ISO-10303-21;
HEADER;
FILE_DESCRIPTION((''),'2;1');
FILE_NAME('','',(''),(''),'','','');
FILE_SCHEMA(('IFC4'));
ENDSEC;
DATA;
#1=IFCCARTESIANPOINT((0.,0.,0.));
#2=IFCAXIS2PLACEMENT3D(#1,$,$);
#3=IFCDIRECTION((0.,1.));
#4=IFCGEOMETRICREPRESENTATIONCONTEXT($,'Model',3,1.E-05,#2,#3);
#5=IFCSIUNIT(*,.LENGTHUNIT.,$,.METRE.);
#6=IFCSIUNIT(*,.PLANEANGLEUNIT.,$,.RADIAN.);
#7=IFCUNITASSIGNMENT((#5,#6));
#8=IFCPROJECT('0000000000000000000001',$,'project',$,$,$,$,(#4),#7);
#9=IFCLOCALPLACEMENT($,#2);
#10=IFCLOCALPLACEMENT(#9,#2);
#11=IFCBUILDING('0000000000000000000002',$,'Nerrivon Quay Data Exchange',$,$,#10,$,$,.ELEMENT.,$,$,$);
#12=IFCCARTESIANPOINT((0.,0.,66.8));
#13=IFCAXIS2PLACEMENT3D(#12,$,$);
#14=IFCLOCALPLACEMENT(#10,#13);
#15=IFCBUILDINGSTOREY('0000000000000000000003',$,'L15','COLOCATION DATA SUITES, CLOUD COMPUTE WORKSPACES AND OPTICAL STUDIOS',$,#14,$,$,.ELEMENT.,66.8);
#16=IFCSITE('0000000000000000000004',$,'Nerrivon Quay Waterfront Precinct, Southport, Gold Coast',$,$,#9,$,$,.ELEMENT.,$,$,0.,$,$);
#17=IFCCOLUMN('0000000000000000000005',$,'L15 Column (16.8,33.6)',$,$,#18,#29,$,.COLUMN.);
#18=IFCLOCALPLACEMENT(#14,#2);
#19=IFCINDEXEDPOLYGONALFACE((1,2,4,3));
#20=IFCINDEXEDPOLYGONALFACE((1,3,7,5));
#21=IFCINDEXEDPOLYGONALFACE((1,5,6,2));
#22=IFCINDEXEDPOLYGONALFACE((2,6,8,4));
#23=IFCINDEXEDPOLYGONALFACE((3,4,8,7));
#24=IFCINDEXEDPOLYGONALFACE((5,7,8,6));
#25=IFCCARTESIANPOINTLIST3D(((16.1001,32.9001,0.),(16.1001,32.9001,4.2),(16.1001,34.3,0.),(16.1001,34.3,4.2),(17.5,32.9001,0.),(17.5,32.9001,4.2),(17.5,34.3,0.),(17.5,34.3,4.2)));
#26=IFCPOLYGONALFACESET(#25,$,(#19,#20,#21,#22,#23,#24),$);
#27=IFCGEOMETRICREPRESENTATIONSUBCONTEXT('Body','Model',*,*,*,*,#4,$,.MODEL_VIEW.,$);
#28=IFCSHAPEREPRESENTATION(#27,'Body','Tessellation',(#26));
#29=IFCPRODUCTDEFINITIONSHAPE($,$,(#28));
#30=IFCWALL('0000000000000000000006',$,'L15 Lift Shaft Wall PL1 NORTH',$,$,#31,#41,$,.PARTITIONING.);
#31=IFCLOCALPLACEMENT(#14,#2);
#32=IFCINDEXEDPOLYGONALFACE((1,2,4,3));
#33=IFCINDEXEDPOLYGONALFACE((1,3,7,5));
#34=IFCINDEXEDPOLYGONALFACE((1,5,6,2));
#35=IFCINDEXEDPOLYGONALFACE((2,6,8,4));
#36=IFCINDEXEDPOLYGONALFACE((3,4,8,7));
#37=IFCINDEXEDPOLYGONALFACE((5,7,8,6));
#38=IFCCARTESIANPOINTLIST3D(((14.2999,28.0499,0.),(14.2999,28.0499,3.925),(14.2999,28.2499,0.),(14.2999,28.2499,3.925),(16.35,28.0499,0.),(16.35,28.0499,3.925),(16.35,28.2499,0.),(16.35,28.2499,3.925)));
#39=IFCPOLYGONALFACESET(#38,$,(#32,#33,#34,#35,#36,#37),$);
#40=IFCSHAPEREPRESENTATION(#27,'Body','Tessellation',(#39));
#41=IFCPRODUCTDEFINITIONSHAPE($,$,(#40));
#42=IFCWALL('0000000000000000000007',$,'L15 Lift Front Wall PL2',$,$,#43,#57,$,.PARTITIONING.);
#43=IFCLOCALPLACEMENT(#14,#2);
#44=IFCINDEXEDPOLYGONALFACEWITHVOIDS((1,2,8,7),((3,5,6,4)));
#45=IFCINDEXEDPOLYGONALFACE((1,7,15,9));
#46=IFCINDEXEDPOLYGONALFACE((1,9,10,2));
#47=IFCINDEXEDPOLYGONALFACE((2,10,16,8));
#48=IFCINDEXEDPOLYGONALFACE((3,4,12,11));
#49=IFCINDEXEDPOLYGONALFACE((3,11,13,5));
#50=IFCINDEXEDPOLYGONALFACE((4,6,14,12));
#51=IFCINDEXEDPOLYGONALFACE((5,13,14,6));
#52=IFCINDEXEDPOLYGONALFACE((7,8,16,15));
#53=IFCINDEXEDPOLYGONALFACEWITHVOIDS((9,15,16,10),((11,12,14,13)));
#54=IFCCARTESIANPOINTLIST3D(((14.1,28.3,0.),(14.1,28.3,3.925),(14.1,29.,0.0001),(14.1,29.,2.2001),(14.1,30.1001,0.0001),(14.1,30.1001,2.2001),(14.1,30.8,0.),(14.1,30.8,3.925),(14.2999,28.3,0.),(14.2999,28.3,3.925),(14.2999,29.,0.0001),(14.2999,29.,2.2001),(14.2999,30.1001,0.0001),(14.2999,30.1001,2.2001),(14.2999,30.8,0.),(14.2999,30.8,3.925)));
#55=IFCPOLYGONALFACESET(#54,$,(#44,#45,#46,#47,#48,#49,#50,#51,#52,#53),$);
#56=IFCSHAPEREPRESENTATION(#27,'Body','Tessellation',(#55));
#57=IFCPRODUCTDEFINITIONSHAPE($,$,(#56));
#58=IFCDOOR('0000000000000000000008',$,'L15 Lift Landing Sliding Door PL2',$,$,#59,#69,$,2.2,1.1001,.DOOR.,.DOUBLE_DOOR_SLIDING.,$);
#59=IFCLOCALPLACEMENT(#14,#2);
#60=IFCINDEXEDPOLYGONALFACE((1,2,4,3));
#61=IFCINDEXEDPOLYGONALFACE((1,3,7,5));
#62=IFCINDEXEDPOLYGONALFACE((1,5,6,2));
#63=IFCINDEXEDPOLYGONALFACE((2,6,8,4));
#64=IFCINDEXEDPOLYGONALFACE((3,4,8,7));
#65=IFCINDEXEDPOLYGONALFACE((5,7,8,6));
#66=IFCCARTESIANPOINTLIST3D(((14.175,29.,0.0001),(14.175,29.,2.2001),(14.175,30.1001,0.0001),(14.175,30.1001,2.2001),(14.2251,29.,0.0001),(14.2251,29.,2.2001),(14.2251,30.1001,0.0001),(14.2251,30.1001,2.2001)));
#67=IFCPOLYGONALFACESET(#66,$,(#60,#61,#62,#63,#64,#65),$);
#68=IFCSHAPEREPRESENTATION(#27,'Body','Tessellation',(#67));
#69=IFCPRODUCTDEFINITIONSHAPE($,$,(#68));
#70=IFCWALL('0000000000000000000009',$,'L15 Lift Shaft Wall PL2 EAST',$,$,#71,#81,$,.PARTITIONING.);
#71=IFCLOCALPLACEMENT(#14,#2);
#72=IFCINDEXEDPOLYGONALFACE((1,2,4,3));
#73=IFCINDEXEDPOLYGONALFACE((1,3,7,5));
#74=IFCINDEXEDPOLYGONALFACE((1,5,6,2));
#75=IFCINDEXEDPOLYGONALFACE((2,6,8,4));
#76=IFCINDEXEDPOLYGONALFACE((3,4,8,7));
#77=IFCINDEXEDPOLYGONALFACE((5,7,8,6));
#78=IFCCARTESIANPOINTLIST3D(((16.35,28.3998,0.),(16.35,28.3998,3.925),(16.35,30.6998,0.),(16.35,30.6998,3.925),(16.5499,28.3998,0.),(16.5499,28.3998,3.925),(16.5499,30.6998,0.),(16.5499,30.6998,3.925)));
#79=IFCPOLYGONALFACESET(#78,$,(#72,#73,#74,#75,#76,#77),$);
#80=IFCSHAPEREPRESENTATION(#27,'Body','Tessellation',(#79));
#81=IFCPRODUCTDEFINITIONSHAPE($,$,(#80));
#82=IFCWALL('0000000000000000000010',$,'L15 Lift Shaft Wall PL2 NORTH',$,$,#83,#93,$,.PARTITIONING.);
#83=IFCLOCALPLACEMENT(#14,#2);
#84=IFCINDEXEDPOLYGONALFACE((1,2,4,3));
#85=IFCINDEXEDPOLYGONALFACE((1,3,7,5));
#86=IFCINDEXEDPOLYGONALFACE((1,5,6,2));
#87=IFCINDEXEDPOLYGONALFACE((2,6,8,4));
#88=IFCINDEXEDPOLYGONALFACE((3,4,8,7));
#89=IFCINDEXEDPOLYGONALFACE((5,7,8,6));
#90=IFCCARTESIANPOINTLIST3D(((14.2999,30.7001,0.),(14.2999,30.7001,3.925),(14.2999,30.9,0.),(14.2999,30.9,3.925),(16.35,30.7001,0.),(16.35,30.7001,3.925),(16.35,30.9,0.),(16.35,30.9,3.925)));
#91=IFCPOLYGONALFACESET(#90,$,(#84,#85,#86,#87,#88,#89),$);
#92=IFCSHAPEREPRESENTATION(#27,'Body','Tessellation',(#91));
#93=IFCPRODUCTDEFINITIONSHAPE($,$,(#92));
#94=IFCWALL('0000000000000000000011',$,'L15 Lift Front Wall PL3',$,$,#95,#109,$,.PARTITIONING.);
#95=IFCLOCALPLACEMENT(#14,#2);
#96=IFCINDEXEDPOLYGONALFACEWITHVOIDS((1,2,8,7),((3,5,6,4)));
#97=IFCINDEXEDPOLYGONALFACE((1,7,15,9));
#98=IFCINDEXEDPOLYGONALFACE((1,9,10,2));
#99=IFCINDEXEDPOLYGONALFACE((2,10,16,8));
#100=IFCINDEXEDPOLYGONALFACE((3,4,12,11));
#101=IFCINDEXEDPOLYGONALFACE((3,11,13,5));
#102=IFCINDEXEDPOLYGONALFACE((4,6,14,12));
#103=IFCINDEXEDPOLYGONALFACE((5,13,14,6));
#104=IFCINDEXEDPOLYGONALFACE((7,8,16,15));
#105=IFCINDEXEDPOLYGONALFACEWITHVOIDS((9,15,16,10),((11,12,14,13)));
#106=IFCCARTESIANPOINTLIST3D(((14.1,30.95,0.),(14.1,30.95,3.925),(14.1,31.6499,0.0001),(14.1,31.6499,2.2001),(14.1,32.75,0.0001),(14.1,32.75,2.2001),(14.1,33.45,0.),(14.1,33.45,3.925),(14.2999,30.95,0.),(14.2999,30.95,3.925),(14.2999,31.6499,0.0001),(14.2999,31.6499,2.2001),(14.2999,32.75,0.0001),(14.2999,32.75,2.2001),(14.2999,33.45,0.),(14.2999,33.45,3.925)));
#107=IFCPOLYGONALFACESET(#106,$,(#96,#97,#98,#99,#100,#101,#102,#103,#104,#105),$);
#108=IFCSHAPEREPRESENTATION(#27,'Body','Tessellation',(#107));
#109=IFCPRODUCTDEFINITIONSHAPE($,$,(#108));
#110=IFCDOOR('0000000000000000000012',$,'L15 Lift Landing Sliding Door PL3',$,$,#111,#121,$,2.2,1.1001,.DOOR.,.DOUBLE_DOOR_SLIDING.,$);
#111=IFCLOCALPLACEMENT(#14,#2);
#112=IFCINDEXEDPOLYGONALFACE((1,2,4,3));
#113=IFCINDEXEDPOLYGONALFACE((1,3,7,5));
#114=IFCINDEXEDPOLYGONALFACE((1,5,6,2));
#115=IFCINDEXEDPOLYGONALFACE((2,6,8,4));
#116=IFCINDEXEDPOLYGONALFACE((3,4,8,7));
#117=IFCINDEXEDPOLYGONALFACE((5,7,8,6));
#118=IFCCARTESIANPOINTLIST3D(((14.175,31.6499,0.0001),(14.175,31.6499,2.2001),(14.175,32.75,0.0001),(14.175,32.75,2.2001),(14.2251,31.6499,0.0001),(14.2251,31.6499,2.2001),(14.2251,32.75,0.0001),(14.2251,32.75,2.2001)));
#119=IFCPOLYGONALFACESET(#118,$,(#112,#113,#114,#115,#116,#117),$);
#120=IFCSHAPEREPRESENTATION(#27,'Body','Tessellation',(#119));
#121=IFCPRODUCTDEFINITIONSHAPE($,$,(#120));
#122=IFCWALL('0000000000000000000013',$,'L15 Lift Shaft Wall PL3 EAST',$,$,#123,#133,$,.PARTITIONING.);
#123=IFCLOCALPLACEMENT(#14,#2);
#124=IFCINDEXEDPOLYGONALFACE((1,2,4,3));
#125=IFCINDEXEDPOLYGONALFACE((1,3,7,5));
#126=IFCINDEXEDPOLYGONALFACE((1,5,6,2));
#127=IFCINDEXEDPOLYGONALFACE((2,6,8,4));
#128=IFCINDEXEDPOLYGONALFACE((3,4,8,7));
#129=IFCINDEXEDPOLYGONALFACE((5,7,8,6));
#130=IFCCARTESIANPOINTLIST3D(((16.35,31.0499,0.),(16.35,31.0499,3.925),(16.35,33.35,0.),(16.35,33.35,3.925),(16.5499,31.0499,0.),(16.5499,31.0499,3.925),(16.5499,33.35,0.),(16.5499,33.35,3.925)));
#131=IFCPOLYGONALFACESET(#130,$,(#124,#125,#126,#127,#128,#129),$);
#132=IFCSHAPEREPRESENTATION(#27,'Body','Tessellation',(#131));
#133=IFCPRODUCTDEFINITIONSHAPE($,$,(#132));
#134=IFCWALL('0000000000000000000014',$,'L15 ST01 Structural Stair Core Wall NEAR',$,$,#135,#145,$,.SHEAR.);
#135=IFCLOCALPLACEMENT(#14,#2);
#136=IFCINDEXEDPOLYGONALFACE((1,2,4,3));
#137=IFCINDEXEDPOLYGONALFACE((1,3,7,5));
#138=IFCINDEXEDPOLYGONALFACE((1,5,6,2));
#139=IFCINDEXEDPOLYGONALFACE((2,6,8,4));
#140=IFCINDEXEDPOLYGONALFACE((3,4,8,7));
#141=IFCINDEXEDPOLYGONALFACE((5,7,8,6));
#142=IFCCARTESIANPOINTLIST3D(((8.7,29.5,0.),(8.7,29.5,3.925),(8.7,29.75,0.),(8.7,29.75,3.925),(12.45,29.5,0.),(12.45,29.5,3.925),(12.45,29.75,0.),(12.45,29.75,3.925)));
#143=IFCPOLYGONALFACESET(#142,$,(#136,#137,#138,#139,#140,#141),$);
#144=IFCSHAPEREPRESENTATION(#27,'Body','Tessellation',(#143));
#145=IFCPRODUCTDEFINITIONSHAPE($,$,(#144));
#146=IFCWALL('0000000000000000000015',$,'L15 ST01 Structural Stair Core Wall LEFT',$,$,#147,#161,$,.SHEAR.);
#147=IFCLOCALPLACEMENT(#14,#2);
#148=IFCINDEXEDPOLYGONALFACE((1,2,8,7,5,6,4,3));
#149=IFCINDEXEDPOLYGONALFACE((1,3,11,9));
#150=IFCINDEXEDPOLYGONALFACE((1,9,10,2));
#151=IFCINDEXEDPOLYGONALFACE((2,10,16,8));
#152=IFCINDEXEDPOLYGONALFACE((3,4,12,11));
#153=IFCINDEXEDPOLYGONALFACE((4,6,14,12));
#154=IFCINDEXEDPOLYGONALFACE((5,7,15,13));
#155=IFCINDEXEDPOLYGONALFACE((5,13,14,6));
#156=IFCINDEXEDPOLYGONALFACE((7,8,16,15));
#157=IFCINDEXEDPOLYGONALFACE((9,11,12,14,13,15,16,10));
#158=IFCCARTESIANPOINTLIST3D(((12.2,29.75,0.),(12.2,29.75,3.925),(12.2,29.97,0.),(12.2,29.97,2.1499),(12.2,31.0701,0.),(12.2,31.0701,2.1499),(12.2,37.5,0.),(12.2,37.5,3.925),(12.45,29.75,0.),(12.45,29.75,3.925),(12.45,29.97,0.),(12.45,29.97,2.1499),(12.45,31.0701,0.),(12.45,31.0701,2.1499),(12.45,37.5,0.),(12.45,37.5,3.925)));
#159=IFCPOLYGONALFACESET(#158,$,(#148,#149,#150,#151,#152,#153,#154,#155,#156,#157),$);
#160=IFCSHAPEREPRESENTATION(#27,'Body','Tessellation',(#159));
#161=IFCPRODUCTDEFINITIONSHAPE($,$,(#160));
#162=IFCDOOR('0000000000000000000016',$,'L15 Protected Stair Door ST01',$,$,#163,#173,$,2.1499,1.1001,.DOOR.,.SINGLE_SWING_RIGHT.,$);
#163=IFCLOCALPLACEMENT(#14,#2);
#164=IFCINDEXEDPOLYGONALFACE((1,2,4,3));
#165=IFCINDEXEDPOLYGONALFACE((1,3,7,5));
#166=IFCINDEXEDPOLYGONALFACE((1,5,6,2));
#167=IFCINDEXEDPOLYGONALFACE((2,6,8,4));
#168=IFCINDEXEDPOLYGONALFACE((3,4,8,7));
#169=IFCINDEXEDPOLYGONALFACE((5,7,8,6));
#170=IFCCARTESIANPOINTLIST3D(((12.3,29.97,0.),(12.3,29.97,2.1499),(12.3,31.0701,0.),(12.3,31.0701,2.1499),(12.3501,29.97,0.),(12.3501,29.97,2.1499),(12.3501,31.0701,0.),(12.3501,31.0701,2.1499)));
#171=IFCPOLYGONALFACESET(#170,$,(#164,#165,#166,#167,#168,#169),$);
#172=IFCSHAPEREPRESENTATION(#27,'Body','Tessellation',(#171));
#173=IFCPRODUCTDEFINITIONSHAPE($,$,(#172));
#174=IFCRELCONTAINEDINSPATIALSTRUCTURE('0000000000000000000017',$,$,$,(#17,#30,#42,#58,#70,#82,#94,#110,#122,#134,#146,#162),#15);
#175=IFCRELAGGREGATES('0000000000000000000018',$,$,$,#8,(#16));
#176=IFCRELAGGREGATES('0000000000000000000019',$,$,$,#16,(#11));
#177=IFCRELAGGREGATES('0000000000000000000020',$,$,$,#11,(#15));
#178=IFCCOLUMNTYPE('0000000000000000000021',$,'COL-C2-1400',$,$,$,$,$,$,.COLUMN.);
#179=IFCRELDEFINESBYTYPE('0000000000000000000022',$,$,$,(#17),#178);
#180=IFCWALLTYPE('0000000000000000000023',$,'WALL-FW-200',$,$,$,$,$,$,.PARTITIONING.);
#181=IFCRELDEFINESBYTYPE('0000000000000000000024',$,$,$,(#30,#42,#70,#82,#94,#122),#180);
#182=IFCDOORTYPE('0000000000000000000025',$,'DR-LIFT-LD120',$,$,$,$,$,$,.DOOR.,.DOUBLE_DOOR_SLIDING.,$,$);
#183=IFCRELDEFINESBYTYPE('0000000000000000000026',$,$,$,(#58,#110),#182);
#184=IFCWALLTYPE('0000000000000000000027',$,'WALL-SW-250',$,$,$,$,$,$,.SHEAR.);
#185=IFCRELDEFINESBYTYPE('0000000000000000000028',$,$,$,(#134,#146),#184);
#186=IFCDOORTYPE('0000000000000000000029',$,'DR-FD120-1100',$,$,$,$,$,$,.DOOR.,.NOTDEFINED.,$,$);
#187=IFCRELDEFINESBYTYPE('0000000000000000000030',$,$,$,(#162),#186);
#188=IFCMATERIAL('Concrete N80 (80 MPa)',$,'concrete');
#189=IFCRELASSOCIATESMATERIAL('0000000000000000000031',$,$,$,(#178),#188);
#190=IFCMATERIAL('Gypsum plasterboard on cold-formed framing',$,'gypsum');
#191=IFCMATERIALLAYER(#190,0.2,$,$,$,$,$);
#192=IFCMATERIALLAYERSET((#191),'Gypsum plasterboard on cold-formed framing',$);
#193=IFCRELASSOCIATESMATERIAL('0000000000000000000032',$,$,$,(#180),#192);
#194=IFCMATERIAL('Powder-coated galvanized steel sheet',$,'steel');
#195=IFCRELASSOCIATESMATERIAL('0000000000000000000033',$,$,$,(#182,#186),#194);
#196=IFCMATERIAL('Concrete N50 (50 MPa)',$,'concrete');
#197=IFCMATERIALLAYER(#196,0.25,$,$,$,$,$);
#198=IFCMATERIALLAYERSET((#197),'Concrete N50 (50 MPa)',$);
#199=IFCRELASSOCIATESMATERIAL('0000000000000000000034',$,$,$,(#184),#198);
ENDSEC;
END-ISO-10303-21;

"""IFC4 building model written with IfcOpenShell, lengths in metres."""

from ifc_helpers import new_model, si_unit, direction, frame, frame_2d, origin, origin_2d, place, context, subcontext, project, spatial, rectangle, extrude, material, layer, layer_set, material_profile, profile_set, type_object, element, fill, save


model = new_model("IFC4")

# Units and contexts
model_context = context("Model", 3, precision=1e-05, world=origin(), true_north=direction((0.0, 1.0)))
body_context = subcontext(model_context, "Body", "Model", "MODEL_VIEW")
ifc_project = project(units=[si_unit("LENGTHUNIT", "METRE"), si_unit("PLANEANGLEUNIT", "RADIAN")], contexts=[model_context])

# Site, building, storey
site_placement = place(None, origin())
site = spatial("IfcSite", under=ifc_project, at=site_placement, Name="Nerrivon Quay Waterfront Precinct, Southport, Gold Coast", CompositionType="ELEMENT", RefElevation=0.0)
building_placement = place(site_placement, origin())
building = spatial("IfcBuilding", under=site, at=building_placement, Name="Nerrivon Quay Data Exchange", CompositionType="ELEMENT")
storey_placement = place(building_placement, frame((0.0, 0.0, 66.8)))
storey = spatial("IfcBuildingStorey", under=building, at=storey_placement, Name="L15", Description="COLOCATION DATA SUITES, CLOUD COMPUTE WORKSPACES AND OPTICAL STUDIOS", CompositionType="ELEMENT", Elevation=66.8)

# Column
ifc_material_1 = material(Name="Concrete N80 (80 MPa)", Category="concrete")
ifc_material_profile = material_profile(ifc_material_1, rectangle(XDim=1.3999, YDim=1.3999, at=origin_2d()), Name="RC-COL-1400x1400")
ifc_profile_set = profile_set([ifc_material_profile], Name="Concrete N80 (80 MPa)")
column_type = type_object("IfcColumnType", Name="COL-C2-1400", PredefinedType="COLUMN", material=ifc_profile_set)
column_placement = place(storey_placement, frame((16.8, 33.6001, 0.0), z_axis=(0.0, 0.0, 1.0), x_axis=(1.0, 0.0, 0.0)))
element("IfcColumn", 1, at=column_placement, inside=storey, type_object=column_type, Name="L15 Column (16.8,33.6)", PredefinedType="COLUMN", context=body_context, shape_type="SweptSolid", body=[
    extrude(rectangle(XDim=1.3999, YDim=1.3999, at=origin_2d()), origin(), (0.0, 0.0, 1.0), 4.2),
])

# Wall
ifc_material_2 = material(Name="Gypsum plasterboard on cold-formed framing", Category="gypsum")
ifc_layer_1 = layer(ifc_material_2, 0.2)
ifc_layer_set_1 = layer_set([ifc_layer_1], Name="Gypsum plasterboard on cold-formed framing")
wall_type_1 = type_object("IfcWallType", Name="WALL-FW-200", PredefinedType="PARTITIONING", material=ifc_layer_set_1)
wall_1_placement = place(storey_placement, frame((14.3, 28.1499, 0.0), z_axis=(0.0, 0.0, 1.0), x_axis=(1.0, 0.0, 0.0)))
element("IfcWall", 2, at=wall_1_placement, inside=storey, type_object=wall_type_1, Name="L15 Lift Shaft Wall PL1 NORTH", PredefinedType="PARTITIONING", context=body_context, shape_type="SweptSolid", body=[
    extrude(rectangle(XDim=2.05, YDim=0.2, at=frame_2d((1.0249, 0.0))), origin(), (0.0, 0.0, 1.0), 3.925),
])

# Wall, opening, door
wall_2_placement = place(storey_placement, frame((14.2, 28.3, 0.0), z_axis=(0.0, 0.0, 1.0), x_axis=(0.0, 1.0, 0.0)))
wall_2 = element("IfcWall", 3, at=wall_2_placement, inside=storey, type_object=wall_type_1, Name="L15 Lift Front Wall PL2", PredefinedType="PARTITIONING", context=body_context, shape_type="SweptSolid", body=[
    extrude(rectangle(XDim=2.5, YDim=0.2, at=frame_2d((1.25, 0.0))), origin(), (0.0, 0.0, 1.0), 3.925),
])
opening_1_placement = place(wall_2_placement, frame((0.7, 0.0, 0.0)))
opening_1 = element("IfcOpeningElement", 4, at=opening_1_placement, cuts=wall_2, PredefinedType="OPENING", context=body_context, shape_type="SweptSolid", body=[
    extrude(rectangle(XDim=1.1001, YDim=2.2, at=frame_2d((0.55, 1.1001))), frame((0.0, 0.1099, 0.0), z_axis=(0.0, -1.0, 0.0), x_axis=(1.0, 0.0, 0.0)), (0.0, 0.0, 1.0), 0.22),
])
ifc_material_3 = material(Name="Powder-coated galvanized steel sheet", Category="steel")
door_type_1 = type_object("IfcDoorType", Name="DR-LIFT-LD120", OperationType="DOUBLE_DOOR_SLIDING", PredefinedType="DOOR", material=ifc_material_3)
door_1_placement = place(opening_1_placement, origin())
door_1 = element("IfcDoor", 5, at=door_1_placement, inside=storey, type_object=door_type_1, Name="L15 Lift Landing Sliding Door PL2", OperationType="DOUBLE_DOOR_SLIDING", OverallHeight=2.2, OverallWidth=1.1001, PredefinedType="DOOR", context=body_context, shape_type="SweptSolid", body=[
    extrude(rectangle(XDim=1.1001, YDim=2.2, at=frame_2d((0.55, 1.1001))), frame((0.0, 0.0249, 0.0), z_axis=(0.0, -1.0, 0.0), x_axis=(1.0, 0.0, 0.0)), (0.0, 0.0, 1.0), 0.05),
])
fill(opening_1, door_1)

# Walls
wall_3_placement = place(storey_placement, frame((16.45, 28.3999, 0.0), z_axis=(0.0, 0.0, 1.0), x_axis=(0.0, 1.0, 0.0)))
element("IfcWall", 6, at=wall_3_placement, inside=storey, type_object=wall_type_1, Name="L15 Lift Shaft Wall PL2 EAST", PredefinedType="PARTITIONING", context=body_context, shape_type="SweptSolid", body=[
    extrude(rectangle(XDim=2.3, YDim=0.2, at=frame_2d((1.1499, 0.0))), origin(), (0.0, 0.0, 1.0), 3.925),
])
wall_4_placement = place(storey_placement, frame((14.3, 30.8, 0.0), z_axis=(0.0, 0.0, 1.0), x_axis=(1.0, 0.0, 0.0)))
element("IfcWall", 7, at=wall_4_placement, inside=storey, type_object=wall_type_1, Name="L15 Lift Shaft Wall PL2 NORTH", PredefinedType="PARTITIONING", context=body_context, shape_type="SweptSolid", body=[
    extrude(rectangle(XDim=2.05, YDim=0.2, at=frame_2d((1.0249, 0.0))), origin(), (0.0, 0.0, 1.0), 3.925),
])

# Wall, opening, door
wall_5_placement = place(storey_placement, frame((14.2, 30.95, 0.0), z_axis=(0.0, 0.0, 1.0), x_axis=(0.0, 1.0, 0.0)))
wall_5 = element("IfcWall", 8, at=wall_5_placement, inside=storey, type_object=wall_type_1, Name="L15 Lift Front Wall PL3", PredefinedType="PARTITIONING", context=body_context, shape_type="SweptSolid", body=[
    extrude(rectangle(XDim=2.5, YDim=0.2, at=frame_2d((1.25, 0.0))), origin(), (0.0, 0.0, 1.0), 3.925),
])
opening_2_placement = place(wall_5_placement, frame((0.7, 0.0, 0.0)))
opening_2 = element("IfcOpeningElement", 9, at=opening_2_placement, cuts=wall_5, PredefinedType="OPENING", context=body_context, shape_type="SweptSolid", body=[
    extrude(rectangle(XDim=1.1001, YDim=2.2, at=frame_2d((0.55, 1.1001))), frame((0.0, 0.1099, 0.0), z_axis=(0.0, -1.0, 0.0), x_axis=(1.0, 0.0, 0.0)), (0.0, 0.0, 1.0), 0.22),
])
door_2_placement = place(opening_2_placement, origin())
door_2 = element("IfcDoor", 10, at=door_2_placement, inside=storey, type_object=door_type_1, Name="L15 Lift Landing Sliding Door PL3", OperationType="DOUBLE_DOOR_SLIDING", OverallHeight=2.2, OverallWidth=1.1001, PredefinedType="DOOR", context=body_context, shape_type="SweptSolid", body=[
    extrude(rectangle(XDim=1.1001, YDim=2.2, at=frame_2d((0.55, 1.1001))), frame((0.0, 0.0249, 0.0), z_axis=(0.0, -1.0, 0.0), x_axis=(1.0, 0.0, 0.0)), (0.0, 0.0, 1.0), 0.05),
])
fill(opening_2, door_2)

# Walls
wall_6_placement = place(storey_placement, frame((16.45, 31.05, 0.0), z_axis=(0.0, 0.0, 1.0), x_axis=(0.0, 1.0, 0.0)))
element("IfcWall", 11, at=wall_6_placement, inside=storey, type_object=wall_type_1, Name="L15 Lift Shaft Wall PL3 EAST", PredefinedType="PARTITIONING", context=body_context, shape_type="SweptSolid", body=[
    extrude(rectangle(XDim=2.3, YDim=0.2, at=frame_2d((1.1499, 0.0))), origin(), (0.0, 0.0, 1.0), 3.925),
])
ifc_material_4 = material(Name="Concrete N50 (50 MPa)", Category="concrete")
ifc_layer_2 = layer(ifc_material_4, 0.25)
ifc_layer_set_2 = layer_set([ifc_layer_2], Name="Concrete N50 (50 MPa)")
wall_type_2 = type_object("IfcWallType", Name="WALL-SW-250", PredefinedType="SHEAR", material=ifc_layer_set_2)
wall_7_placement = place(storey_placement, frame((12.45, 29.625, 0.0), z_axis=(0.0, 0.0, 1.0), x_axis=(-1.0, 0.0, 0.0)))
element("IfcWall", 12, at=wall_7_placement, inside=storey, type_object=wall_type_2, Name="L15 ST01 Structural Stair Core Wall NEAR", PredefinedType="SHEAR", context=body_context, shape_type="SweptSolid", body=[
    extrude(rectangle(XDim=3.75, YDim=0.25, at=frame_2d((1.875, 0.0))), origin(), (0.0, 0.0, 1.0), 3.925),
])

# Wall, opening, door
wall_8_placement = place(storey_placement, frame((12.325, 29.75, 0.0), z_axis=(0.0, 0.0, 1.0), x_axis=(0.0, 1.0, 0.0)))
wall_8 = element("IfcWall", 13, at=wall_8_placement, inside=storey, type_object=wall_type_2, Name="L15 ST01 Structural Stair Core Wall LEFT", PredefinedType="SHEAR", context=body_context, shape_type="SweptSolid", body=[
    extrude(rectangle(XDim=7.75, YDim=0.25, at=frame_2d((3.875, 0.0))), origin(), (0.0, 0.0, 1.0), 3.925),
])
opening_3_placement = place(wall_8_placement, frame((0.22, 0.0, 0.0)))
opening_3 = element("IfcOpeningElement", 14, at=opening_3_placement, cuts=wall_8, PredefinedType="OPENING", context=body_context, shape_type="SweptSolid", body=[
    extrude(rectangle(XDim=1.1001, YDim=2.1499, at=frame_2d((0.55, 1.075))), frame((0.0, 0.135, 0.0), z_axis=(0.0, -1.0, 0.0), x_axis=(1.0, 0.0, 0.0)), (0.0, 0.0, 1.0), 0.27),
])
door_type_2 = type_object("IfcDoorType", Name="DR-FD120-1100", OperationType="NOTDEFINED", PredefinedType="DOOR", material=ifc_material_3)
door_3_placement = place(opening_3_placement, origin())
door_3 = element("IfcDoor", 15, at=door_3_placement, inside=storey, type_object=door_type_2, Name="L15 Protected Stair Door ST01", OperationType="SINGLE_SWING_RIGHT", OverallHeight=2.1499, OverallWidth=1.1001, PredefinedType="DOOR", context=body_context, shape_type="SweptSolid", body=[
    extrude(rectangle(XDim=1.1001, YDim=2.1499, at=frame_2d((0.55, 1.075))), frame((0.0, 0.0249, 0.0), z_axis=(0.0, -1.0, 0.0), x_axis=(1.0, 0.0, 0.0)), (0.0, 0.0, 1.0), 0.05),
])
fill(opening_3, door_3)

save(model, "model.ifc")
